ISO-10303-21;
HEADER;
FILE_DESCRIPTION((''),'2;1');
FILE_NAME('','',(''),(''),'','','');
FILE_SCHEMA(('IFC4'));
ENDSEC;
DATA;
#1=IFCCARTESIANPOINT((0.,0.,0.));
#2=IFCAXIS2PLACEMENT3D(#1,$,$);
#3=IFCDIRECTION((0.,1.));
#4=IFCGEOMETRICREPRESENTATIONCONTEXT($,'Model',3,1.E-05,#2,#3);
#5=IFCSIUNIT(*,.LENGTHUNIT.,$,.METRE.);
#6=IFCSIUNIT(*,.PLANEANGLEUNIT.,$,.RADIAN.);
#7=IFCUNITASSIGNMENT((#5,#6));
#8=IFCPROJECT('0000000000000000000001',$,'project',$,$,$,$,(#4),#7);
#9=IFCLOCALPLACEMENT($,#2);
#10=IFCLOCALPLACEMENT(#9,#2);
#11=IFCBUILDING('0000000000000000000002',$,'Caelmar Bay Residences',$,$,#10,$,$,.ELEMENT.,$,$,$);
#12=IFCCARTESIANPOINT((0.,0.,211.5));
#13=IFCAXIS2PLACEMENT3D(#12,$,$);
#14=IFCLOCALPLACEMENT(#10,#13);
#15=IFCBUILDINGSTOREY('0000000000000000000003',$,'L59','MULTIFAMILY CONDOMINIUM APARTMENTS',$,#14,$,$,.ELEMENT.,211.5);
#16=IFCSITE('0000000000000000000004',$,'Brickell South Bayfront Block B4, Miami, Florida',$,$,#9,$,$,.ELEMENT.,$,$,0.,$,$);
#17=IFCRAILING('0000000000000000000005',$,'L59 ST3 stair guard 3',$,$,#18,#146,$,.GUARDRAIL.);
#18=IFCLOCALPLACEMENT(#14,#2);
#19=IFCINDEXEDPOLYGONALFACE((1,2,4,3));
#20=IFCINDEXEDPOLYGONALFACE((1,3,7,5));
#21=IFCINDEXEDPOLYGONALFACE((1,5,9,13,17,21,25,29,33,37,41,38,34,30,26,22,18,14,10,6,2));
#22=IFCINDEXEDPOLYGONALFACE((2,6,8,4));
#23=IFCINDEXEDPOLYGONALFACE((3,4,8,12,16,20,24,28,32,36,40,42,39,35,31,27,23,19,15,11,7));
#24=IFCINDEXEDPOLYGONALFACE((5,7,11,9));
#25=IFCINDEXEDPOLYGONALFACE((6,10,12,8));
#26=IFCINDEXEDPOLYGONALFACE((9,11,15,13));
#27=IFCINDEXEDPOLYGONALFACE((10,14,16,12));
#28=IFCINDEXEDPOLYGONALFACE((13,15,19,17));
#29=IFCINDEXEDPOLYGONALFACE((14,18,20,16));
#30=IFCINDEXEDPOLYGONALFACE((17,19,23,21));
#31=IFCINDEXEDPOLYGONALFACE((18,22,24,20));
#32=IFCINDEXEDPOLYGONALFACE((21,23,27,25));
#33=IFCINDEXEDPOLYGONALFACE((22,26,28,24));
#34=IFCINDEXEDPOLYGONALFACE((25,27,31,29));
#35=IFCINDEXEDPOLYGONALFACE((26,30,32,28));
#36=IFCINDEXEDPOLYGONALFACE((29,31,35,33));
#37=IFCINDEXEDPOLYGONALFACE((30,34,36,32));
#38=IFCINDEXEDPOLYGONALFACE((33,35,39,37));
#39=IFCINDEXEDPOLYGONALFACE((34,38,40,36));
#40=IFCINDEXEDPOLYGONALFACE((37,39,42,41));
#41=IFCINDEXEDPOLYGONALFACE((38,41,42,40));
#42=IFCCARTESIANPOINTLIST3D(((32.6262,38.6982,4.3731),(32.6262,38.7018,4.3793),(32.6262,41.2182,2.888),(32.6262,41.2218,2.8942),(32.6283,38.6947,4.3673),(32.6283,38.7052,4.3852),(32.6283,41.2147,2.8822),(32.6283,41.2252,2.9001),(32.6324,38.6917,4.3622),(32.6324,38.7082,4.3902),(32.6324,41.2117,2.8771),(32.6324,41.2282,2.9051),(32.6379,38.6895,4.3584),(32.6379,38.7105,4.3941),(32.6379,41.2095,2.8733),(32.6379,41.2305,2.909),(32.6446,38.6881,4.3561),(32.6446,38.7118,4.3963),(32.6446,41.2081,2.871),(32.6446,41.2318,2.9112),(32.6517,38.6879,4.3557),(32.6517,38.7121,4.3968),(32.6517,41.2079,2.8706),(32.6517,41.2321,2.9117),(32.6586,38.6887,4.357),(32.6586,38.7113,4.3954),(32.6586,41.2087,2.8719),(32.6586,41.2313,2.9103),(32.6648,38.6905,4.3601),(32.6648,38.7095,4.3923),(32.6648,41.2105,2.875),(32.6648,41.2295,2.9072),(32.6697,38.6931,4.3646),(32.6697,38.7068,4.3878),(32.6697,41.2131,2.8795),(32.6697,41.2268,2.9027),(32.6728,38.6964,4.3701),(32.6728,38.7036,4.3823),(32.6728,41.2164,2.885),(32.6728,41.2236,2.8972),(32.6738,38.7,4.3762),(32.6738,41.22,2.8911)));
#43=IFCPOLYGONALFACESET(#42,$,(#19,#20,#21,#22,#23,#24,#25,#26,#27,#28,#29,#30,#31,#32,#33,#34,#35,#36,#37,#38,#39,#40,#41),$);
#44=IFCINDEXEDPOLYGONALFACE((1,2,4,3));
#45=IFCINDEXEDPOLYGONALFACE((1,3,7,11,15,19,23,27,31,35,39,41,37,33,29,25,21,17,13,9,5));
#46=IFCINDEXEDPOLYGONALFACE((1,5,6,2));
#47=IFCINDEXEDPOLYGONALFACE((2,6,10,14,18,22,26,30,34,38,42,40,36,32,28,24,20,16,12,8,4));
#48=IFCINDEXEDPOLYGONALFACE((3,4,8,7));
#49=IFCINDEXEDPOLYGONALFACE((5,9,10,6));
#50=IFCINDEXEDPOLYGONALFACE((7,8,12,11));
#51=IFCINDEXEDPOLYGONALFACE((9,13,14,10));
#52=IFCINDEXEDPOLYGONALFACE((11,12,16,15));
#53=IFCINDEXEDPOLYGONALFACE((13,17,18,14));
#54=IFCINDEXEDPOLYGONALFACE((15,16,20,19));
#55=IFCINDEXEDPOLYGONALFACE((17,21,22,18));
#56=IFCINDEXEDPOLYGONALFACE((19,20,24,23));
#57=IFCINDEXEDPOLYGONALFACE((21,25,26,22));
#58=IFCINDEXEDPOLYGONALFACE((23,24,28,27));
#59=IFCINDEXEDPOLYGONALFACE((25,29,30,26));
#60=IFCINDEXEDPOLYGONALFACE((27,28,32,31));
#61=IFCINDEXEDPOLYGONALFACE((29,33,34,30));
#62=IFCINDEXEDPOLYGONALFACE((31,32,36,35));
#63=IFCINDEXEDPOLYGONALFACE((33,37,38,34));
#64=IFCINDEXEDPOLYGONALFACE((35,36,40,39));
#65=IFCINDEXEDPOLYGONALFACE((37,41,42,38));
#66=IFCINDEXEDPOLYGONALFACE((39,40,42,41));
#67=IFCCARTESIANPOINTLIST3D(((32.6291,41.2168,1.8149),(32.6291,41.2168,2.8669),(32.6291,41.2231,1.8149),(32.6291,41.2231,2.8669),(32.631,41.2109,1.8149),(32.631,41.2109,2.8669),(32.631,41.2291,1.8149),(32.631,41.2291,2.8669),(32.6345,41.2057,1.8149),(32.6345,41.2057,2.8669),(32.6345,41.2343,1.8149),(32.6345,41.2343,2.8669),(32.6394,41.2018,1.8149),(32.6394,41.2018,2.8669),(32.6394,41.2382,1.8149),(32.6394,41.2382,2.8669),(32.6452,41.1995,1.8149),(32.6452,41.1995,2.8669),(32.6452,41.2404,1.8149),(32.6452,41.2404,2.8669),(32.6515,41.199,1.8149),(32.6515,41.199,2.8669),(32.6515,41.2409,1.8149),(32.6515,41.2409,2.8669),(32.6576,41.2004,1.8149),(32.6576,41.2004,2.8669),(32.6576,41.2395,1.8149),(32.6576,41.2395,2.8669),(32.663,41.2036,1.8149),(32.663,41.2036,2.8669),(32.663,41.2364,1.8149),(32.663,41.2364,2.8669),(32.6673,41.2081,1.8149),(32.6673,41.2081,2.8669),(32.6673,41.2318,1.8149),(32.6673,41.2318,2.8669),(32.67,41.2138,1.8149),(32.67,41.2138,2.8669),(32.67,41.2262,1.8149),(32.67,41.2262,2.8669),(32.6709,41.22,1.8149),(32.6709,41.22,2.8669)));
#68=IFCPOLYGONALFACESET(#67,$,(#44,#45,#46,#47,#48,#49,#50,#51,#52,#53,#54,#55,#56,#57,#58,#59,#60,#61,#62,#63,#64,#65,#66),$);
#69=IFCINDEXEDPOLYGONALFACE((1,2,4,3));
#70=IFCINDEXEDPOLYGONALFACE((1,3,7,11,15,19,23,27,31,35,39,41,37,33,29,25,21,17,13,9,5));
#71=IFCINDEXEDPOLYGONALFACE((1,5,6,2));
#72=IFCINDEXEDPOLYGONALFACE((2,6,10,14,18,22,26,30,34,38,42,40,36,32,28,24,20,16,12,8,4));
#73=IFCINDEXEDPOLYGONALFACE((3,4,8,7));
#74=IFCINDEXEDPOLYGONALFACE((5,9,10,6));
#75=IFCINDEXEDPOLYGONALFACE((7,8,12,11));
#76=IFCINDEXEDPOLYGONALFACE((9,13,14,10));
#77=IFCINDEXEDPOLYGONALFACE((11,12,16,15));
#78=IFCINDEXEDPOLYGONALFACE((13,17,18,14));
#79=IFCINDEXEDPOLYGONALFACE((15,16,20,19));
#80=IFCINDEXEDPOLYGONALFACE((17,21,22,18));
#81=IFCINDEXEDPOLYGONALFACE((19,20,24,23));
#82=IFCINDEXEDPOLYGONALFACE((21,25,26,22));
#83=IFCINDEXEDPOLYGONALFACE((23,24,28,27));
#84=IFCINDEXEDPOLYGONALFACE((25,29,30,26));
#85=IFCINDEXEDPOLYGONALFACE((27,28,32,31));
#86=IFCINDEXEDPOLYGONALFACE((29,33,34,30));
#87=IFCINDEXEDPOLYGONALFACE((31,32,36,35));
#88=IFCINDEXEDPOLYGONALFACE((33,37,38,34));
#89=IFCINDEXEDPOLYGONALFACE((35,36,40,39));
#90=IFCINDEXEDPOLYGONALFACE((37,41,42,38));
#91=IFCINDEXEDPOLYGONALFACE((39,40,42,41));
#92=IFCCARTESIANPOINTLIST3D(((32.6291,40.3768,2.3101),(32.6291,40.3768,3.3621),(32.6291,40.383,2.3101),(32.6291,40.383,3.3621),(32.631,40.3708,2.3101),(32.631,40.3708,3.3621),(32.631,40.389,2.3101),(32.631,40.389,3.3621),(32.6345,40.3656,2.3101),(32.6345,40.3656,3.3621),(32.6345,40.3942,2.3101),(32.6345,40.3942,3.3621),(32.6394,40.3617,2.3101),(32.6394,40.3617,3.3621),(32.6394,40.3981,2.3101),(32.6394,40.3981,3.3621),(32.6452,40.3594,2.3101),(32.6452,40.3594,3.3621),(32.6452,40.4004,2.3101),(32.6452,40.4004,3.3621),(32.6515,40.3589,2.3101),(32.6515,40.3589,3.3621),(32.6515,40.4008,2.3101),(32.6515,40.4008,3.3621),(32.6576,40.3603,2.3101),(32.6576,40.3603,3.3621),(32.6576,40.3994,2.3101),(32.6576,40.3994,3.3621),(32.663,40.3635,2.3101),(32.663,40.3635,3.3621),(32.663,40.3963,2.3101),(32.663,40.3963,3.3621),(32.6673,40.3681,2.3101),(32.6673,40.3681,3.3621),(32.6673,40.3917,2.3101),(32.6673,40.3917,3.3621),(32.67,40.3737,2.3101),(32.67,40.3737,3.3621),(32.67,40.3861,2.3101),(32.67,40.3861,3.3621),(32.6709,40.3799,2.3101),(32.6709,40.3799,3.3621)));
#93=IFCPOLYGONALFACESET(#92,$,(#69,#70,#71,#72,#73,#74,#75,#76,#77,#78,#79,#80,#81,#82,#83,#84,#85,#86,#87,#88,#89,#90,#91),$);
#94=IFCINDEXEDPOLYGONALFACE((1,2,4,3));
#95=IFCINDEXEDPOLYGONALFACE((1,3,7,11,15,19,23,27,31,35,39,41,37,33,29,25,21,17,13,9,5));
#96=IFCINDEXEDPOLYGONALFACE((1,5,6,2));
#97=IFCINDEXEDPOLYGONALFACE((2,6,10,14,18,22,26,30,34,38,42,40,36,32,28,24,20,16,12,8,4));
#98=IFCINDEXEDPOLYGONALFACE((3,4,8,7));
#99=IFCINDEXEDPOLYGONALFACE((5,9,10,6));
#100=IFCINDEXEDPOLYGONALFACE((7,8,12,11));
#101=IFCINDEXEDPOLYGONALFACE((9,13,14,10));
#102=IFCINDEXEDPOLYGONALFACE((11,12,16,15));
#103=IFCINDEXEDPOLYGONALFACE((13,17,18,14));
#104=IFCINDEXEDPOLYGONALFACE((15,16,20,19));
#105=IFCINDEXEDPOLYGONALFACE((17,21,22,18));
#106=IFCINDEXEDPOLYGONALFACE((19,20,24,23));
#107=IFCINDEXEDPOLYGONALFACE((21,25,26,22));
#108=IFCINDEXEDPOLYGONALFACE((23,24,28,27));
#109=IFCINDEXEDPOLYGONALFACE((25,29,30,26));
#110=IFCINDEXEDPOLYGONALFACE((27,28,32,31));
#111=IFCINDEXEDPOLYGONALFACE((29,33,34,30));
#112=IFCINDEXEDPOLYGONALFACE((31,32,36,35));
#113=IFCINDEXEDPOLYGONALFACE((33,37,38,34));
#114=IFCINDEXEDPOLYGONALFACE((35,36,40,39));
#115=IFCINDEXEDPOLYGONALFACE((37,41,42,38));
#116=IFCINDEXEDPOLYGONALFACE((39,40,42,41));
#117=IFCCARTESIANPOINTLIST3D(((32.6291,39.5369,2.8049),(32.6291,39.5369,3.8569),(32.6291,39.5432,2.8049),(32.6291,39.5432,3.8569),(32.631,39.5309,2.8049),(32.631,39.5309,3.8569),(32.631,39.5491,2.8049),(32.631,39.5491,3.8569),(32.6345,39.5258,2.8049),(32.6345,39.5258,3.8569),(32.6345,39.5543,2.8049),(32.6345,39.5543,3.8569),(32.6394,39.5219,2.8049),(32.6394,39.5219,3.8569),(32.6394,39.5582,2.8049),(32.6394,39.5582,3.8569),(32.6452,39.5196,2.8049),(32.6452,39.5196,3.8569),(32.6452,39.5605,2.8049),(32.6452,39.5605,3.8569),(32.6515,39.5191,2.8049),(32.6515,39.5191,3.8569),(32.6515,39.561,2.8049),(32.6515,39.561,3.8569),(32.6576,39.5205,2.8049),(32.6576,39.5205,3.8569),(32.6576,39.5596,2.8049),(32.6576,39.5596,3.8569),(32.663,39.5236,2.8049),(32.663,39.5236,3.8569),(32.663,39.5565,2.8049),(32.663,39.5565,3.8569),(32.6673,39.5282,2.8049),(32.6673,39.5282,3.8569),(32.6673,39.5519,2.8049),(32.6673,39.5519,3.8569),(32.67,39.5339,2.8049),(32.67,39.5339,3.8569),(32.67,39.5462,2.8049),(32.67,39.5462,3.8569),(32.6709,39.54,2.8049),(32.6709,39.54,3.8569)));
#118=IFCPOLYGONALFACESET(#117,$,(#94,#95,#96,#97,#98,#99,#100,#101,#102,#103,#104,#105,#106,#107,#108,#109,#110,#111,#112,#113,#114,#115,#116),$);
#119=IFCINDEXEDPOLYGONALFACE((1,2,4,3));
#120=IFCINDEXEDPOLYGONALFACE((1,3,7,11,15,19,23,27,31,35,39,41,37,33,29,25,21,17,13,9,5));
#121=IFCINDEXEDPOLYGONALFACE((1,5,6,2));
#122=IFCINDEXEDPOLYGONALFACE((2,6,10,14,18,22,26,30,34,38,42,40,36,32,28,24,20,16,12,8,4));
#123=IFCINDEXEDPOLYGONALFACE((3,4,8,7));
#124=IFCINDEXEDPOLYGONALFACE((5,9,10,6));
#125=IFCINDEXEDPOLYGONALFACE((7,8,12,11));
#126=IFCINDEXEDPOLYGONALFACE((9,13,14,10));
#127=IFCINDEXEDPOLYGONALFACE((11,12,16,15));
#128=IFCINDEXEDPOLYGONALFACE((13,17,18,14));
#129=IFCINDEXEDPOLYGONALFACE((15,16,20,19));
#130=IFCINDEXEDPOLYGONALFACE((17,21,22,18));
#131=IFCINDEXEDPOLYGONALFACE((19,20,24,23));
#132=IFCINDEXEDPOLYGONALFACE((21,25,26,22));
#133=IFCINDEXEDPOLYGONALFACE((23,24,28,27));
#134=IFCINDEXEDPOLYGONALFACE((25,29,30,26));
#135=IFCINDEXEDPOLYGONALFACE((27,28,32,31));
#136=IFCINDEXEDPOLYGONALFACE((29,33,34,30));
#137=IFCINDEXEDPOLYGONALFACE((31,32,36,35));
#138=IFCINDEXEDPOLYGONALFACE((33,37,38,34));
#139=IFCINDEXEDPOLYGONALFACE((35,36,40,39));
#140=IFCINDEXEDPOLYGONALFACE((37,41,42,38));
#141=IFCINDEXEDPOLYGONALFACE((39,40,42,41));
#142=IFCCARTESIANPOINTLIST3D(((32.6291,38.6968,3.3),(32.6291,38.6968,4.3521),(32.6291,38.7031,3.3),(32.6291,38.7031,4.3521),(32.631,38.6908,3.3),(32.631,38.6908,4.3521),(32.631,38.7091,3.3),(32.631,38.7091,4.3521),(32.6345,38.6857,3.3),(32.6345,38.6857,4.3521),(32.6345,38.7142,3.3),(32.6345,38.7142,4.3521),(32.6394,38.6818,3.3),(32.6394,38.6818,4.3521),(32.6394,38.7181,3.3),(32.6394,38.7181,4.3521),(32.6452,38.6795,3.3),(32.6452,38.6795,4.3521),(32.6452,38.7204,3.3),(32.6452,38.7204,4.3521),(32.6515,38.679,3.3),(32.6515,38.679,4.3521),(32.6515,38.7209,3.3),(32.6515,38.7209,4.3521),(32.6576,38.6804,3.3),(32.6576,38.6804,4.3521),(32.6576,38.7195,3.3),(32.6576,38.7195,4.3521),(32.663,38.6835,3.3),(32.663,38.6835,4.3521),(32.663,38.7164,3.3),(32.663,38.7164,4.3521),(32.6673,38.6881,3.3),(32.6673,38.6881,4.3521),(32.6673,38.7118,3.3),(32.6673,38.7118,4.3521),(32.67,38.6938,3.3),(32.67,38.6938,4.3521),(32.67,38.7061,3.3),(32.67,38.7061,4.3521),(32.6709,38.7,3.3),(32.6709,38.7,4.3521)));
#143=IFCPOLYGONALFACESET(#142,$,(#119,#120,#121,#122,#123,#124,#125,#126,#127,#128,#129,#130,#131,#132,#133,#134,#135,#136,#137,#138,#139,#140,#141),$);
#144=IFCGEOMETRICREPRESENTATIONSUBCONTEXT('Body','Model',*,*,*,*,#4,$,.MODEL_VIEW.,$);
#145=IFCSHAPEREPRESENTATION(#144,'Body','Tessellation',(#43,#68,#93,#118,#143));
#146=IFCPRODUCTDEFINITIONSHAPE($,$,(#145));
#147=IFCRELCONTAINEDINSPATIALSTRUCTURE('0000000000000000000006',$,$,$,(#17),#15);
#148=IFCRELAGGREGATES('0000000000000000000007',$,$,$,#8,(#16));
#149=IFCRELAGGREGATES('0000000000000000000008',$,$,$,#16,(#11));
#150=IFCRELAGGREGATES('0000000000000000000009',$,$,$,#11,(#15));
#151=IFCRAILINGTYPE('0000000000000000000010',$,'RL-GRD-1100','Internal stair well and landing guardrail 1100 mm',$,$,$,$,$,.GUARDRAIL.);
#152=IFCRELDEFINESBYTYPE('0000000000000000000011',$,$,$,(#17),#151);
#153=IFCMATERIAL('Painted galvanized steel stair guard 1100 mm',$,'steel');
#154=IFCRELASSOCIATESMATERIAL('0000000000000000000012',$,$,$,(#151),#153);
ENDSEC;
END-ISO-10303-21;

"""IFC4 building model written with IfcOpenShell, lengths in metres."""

from ifc_helpers import new_model, si_unit, direction, frame, origin, origin_2d, place, context, subcontext, project, spatial, circle, extrude, material, type_object, element, save


model = new_model("IFC4")

# Units and contexts
model_context = context("Model", 3, precision=1e-05, world=origin(), true_north=direction((0.0, 1.0)))
body_context = subcontext(model_context, "Body", "Model", "MODEL_VIEW")
ifc_project = project(units=[si_unit("LENGTHUNIT", "METRE"), si_unit("PLANEANGLEUNIT", "RADIAN")], contexts=[model_context])

# Site, building, storey
site_placement = place(None, origin())
site = spatial("IfcSite", under=ifc_project, at=site_placement, Name="Brickell South Bayfront Block B4, Miami, Florida", CompositionType="ELEMENT", RefElevation=0.0)
building_placement = place(site_placement, origin())
building = spatial("IfcBuilding", under=site, at=building_placement, Name="Caelmar Bay Residences", CompositionType="ELEMENT")
storey_placement = place(building_placement, frame((0.0, 0.0, 211.5)))
storey = spatial("IfcBuildingStorey", under=building, at=storey_placement, Name="L59", Description="MULTIFAMILY CONDOMINIUM APARTMENTS", CompositionType="ELEMENT", Elevation=211.5)

# Railing
ifc_material_1 = material(Name="Painted galvanized steel stair guard 1100 mm", Category="steel")
railing_type_1 = type_object("IfcRailingType", Name="RL-GRD-1100", Description="Internal stair well and landing guardrail 1100 mm", PredefinedType="GUARDRAIL", material=ifc_material_1)
railing_1_placement = place(storey_placement, frame((32.6499, 41.22, 1.8149)))
element("IfcRailing", 1, at=railing_1_placement, inside=storey, type_object=railing_type_1, Name="L59 ST3 stair guard 3", PredefinedType="GUARDRAIL", context=body_context, shape_type="SweptSolid", body=[
    extrude(circle(Radius=0.0239, at=origin_2d()), frame((0.0, 0.0, 1.0762), z_axis=(0.0, -0.861524, 0.507717), x_axis=(1.0, 0.0, 0.0)), (0.0, 0.0, 1.0), 2.925),
    extrude(circle(Radius=0.021, at=origin_2d()), origin(), (0.0, 0.0, 1.0), 1.052),
    extrude(circle(Radius=0.021, at=origin_2d()), frame((0.0, -0.8401, 0.4951)), (0.0, 0.0, 1.0), 1.052),
    extrude(circle(Radius=0.021, at=origin_2d()), frame((0.0, -1.6799, 0.99)), (0.0, 0.0, 1.0), 1.052),
    extrude(circle(Radius=0.021, at=origin_2d()), frame((0.0, -2.52, 1.4851)), (0.0, 0.0, 1.0), 1.052),
])

save(model, "model.ifc")
